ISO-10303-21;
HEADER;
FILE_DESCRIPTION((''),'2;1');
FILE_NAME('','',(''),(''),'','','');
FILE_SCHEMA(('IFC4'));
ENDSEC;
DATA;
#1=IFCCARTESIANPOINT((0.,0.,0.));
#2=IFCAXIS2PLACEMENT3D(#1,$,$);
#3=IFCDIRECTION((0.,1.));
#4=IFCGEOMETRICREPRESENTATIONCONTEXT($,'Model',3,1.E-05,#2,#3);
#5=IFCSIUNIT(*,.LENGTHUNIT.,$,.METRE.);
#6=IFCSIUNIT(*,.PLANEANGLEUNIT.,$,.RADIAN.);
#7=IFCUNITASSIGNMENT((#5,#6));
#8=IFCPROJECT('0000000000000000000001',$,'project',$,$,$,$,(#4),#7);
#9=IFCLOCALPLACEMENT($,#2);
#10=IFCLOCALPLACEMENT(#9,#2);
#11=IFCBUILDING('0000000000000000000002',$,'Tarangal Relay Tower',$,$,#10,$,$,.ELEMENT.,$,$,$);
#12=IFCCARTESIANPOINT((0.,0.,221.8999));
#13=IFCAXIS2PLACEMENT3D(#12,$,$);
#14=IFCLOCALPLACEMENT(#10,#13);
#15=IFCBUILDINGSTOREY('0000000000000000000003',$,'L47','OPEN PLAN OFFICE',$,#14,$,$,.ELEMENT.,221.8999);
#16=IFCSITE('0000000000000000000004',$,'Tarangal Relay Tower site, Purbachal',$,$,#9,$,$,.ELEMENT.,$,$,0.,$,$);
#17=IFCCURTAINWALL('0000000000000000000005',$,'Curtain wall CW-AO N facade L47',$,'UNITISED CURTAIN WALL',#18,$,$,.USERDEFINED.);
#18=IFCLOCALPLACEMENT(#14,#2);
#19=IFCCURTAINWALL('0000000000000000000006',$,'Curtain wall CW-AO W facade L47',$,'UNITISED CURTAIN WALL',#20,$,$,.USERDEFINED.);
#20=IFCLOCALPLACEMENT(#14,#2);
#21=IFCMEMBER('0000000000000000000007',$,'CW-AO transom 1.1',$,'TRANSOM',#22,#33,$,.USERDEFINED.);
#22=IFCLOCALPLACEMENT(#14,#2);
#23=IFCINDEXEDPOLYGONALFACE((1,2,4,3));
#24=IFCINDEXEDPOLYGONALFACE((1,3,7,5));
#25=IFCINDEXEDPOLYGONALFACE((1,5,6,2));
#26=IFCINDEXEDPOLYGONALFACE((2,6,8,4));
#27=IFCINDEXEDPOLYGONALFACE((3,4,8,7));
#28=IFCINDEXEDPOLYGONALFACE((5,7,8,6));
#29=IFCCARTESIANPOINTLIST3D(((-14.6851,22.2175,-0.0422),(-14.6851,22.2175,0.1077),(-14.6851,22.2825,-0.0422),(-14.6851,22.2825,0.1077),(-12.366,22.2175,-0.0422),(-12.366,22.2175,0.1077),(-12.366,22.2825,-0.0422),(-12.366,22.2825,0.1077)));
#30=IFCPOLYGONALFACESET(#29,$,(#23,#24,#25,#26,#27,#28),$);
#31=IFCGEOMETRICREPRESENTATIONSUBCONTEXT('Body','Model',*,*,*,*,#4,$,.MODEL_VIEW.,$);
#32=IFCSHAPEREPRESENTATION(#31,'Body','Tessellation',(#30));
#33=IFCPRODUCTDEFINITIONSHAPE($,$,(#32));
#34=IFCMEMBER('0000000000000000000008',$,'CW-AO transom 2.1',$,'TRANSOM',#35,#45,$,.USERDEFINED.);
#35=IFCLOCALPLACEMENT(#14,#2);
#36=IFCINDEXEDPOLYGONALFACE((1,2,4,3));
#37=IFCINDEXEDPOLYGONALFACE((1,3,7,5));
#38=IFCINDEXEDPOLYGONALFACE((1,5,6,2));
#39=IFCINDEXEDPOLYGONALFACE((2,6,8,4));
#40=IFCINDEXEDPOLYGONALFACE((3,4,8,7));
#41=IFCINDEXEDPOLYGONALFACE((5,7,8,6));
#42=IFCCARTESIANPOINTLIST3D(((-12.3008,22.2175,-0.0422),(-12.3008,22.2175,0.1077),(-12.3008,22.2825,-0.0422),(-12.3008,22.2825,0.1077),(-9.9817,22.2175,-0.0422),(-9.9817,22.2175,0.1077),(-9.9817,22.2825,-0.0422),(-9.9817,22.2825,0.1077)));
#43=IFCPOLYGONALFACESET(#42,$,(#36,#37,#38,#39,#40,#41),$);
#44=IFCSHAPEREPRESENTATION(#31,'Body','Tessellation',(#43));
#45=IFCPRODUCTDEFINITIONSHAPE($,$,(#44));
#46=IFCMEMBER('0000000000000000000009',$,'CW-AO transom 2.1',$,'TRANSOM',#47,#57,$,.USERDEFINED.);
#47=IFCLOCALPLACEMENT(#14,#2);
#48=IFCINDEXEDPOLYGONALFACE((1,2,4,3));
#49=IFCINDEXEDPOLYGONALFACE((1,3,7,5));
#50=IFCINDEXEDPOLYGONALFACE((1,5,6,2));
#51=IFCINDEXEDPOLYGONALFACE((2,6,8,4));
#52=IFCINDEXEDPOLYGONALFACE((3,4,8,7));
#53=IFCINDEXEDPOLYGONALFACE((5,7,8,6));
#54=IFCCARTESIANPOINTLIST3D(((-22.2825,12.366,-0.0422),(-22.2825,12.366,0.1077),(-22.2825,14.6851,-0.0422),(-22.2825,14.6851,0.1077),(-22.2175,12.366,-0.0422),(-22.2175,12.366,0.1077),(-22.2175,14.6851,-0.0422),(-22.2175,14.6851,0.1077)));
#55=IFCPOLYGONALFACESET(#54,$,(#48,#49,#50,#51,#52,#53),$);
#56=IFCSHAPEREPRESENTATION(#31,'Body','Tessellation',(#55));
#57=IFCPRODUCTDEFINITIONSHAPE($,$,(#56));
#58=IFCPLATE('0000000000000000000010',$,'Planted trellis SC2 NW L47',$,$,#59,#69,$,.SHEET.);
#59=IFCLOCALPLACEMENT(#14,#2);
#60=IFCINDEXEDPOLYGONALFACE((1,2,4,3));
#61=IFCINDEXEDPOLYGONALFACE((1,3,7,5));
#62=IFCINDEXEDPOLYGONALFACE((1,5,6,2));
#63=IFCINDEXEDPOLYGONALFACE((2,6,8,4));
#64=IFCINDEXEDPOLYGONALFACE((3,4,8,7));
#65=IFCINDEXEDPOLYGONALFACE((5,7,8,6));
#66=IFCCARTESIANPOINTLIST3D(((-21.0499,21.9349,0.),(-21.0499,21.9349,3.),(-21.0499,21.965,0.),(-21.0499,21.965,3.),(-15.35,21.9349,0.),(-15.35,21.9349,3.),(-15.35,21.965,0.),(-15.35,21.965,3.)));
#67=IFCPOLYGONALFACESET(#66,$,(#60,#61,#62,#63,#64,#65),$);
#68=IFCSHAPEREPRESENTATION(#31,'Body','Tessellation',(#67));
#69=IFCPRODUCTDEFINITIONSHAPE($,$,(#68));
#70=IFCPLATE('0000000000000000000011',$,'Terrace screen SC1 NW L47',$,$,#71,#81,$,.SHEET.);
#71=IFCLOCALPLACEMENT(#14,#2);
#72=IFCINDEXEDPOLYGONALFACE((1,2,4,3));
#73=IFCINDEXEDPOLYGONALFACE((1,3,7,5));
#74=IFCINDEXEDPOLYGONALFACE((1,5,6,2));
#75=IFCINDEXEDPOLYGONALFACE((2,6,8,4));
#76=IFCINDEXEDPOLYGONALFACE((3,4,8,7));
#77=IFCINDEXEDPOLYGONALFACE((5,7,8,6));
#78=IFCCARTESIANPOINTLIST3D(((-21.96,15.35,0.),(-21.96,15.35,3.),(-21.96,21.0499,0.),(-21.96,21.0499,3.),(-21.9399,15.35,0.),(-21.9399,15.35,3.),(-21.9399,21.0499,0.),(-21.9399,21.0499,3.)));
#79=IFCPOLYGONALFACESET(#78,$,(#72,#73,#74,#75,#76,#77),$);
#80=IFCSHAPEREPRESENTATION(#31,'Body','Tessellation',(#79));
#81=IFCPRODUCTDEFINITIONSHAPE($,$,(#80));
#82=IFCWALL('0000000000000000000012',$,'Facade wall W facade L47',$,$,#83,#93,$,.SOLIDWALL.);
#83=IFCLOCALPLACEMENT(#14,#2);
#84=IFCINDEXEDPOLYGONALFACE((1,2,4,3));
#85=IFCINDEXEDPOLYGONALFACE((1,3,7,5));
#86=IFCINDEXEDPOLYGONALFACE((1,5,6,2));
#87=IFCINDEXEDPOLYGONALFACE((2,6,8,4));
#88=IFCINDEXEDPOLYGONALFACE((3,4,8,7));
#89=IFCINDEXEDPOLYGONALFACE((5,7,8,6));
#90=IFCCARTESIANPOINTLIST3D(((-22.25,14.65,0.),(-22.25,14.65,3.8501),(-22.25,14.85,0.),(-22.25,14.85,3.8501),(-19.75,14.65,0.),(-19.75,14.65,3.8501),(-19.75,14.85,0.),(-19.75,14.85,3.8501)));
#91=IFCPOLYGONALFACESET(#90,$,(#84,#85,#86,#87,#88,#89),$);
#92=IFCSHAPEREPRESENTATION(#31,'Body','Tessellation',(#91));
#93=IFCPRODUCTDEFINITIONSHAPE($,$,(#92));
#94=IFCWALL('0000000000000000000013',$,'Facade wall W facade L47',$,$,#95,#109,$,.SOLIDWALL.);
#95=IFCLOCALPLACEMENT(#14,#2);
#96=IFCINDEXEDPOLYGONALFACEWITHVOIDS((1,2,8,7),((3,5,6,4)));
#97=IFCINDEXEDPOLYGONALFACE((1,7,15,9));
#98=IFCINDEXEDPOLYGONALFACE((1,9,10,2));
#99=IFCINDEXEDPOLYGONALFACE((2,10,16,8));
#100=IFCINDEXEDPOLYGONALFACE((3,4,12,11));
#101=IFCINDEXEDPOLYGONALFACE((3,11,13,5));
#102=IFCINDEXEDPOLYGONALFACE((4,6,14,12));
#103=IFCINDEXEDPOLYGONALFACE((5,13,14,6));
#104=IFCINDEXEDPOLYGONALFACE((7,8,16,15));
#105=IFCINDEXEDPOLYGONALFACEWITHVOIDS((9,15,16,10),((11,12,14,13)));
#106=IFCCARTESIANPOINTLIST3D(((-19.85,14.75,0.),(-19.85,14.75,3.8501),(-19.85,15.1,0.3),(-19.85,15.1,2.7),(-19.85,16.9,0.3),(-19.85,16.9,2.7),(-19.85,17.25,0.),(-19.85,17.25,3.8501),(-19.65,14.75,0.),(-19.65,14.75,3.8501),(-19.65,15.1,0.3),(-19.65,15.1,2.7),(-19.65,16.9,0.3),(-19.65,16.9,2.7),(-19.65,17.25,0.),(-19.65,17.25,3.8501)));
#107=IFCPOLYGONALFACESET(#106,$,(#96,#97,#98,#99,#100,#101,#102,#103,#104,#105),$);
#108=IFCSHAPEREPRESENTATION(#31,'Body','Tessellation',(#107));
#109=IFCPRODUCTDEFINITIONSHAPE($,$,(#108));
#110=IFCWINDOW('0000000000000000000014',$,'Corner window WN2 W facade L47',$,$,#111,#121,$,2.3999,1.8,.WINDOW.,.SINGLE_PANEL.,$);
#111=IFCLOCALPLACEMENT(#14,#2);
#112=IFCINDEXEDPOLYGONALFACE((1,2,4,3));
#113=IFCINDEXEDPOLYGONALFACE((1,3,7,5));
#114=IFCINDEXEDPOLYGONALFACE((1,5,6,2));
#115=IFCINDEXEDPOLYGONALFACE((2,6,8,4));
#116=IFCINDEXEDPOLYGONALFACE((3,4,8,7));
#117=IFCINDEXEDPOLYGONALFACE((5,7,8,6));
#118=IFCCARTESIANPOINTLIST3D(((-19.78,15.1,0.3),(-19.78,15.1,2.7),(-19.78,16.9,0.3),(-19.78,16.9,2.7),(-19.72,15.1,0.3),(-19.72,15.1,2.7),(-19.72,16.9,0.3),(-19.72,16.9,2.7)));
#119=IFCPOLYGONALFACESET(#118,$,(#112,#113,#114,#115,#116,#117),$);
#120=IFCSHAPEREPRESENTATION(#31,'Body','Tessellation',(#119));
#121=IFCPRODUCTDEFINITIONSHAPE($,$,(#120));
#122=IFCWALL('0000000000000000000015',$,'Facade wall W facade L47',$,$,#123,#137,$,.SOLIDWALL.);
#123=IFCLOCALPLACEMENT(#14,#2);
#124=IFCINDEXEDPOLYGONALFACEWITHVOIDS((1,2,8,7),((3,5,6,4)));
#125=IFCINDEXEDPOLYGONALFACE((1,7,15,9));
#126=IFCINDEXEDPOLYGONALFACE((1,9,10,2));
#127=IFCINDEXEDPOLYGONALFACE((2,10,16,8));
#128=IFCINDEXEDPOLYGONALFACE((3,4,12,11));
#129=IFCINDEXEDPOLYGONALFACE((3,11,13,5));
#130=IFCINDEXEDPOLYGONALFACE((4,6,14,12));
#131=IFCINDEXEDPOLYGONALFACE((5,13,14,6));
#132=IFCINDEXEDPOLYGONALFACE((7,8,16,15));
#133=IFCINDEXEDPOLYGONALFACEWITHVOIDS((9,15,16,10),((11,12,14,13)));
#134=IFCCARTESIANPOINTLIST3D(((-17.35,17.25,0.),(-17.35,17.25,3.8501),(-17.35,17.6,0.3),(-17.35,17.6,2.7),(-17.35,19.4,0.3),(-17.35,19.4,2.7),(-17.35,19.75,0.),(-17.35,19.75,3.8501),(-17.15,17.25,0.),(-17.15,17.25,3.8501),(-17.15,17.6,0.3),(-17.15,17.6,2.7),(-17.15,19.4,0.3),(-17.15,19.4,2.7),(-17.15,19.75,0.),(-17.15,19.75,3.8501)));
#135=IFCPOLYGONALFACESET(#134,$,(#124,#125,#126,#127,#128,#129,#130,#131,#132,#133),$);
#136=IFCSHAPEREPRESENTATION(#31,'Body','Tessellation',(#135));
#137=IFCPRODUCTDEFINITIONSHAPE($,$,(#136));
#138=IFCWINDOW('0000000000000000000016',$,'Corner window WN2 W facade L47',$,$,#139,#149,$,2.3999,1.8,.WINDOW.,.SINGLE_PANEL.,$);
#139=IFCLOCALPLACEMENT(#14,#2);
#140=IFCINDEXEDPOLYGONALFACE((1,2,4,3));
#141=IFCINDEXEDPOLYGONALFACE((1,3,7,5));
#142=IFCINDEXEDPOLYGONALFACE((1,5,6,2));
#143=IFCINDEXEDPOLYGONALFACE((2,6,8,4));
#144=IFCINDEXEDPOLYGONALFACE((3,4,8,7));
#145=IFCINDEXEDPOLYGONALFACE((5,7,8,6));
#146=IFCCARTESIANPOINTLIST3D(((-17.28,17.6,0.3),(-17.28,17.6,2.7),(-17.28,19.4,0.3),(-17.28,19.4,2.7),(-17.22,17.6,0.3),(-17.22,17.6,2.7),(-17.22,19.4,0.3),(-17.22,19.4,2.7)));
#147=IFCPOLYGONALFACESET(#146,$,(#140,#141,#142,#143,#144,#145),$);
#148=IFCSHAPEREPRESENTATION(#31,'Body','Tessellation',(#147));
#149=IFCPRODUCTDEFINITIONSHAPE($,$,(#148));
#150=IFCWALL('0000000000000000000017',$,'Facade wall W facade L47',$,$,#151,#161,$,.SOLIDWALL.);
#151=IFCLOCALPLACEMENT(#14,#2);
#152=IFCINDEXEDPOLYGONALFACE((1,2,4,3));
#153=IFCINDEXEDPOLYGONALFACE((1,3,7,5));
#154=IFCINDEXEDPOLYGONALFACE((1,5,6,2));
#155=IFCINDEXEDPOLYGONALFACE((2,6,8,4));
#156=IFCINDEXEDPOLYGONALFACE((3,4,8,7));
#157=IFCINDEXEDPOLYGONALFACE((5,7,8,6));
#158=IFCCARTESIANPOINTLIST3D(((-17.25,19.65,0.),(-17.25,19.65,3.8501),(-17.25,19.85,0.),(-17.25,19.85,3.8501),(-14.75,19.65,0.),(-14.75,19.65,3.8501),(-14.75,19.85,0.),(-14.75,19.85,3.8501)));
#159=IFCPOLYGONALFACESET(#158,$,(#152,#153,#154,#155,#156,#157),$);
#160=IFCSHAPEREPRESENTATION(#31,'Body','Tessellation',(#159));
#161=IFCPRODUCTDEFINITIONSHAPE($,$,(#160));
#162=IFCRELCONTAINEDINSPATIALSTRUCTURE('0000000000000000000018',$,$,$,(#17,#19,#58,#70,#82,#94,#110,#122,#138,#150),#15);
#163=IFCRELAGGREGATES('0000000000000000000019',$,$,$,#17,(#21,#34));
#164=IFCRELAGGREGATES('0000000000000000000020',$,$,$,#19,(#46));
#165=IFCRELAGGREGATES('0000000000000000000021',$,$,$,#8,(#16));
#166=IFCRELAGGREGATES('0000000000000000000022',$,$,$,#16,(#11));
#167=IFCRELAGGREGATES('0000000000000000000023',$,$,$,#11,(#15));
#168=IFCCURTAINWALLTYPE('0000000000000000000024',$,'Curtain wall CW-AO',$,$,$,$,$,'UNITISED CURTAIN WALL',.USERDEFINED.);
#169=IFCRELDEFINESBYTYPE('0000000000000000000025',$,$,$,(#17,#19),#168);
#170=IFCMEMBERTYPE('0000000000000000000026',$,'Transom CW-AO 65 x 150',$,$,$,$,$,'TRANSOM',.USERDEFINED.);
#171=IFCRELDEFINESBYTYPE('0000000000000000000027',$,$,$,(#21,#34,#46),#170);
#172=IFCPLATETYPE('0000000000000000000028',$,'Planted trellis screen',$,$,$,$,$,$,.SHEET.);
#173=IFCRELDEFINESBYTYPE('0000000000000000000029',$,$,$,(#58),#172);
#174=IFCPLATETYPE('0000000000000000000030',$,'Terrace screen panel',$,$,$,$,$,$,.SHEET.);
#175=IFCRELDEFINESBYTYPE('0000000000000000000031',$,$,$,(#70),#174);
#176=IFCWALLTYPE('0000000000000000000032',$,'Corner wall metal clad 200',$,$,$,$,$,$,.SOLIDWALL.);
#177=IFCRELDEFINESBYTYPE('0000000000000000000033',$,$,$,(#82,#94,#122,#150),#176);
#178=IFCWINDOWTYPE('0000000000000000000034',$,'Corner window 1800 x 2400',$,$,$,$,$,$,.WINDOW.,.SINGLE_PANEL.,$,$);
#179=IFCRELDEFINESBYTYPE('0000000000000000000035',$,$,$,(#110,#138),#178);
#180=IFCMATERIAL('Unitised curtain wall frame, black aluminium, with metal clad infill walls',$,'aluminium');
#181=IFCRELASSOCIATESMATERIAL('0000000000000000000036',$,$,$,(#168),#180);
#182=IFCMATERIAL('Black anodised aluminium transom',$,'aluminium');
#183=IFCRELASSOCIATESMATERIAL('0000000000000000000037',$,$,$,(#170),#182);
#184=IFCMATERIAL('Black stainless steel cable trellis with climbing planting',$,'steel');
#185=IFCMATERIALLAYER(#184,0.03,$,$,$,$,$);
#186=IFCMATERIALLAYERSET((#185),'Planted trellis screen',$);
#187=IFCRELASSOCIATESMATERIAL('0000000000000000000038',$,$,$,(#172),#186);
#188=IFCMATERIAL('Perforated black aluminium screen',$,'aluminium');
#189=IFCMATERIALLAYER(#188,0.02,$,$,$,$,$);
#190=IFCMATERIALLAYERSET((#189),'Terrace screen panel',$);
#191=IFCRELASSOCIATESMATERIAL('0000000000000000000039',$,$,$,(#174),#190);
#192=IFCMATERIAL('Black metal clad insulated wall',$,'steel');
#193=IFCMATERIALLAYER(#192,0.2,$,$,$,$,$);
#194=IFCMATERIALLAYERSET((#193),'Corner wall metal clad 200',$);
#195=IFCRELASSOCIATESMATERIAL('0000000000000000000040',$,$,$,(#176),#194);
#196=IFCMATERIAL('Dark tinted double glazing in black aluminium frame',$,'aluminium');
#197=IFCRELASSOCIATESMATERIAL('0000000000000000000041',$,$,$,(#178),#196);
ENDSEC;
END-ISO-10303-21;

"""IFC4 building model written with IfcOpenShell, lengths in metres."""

from ifc_helpers import new_model, si_unit, direction, frame, frame_2d, origin, origin_2d, place, context, subcontext, project, spatial, rectangle, extrude, material, layer, layer_set, material_profile, profile_set, type_object, element, fill, aggregate, save


model = new_model("IFC4")

# Units and contexts
model_context = context("Model", 3, precision=1e-05, world=origin(), true_north=direction((0.0, 1.0)))
body_context = subcontext(model_context, "Body", "Model", "MODEL_VIEW")
ifc_project = project(units=[si_unit("LENGTHUNIT", "METRE"), si_unit("PLANEANGLEUNIT", "RADIAN")], contexts=[model_context])

# Site, building, storey
site_placement = place(None, origin())
site = spatial("IfcSite", under=ifc_project, at=site_placement, Name="Tarangal Relay Tower site, Purbachal", CompositionType="ELEMENT", RefElevation=0.0)
building_placement = place(site_placement, origin())
building = spatial("IfcBuilding", under=site, at=building_placement, Name="Tarangal Relay Tower", CompositionType="ELEMENT")
storey_placement = place(building_placement, frame((0.0, 0.0, 221.8999)))
storey = spatial("IfcBuildingStorey", under=building, at=storey_placement, Name="L47", Description="OPEN PLAN OFFICE", CompositionType="ELEMENT", Elevation=221.8999)

# Curtain walls
ifc_material_1 = material(Name="Unitised curtain wall frame, black aluminium, with metal clad infill walls", Category="aluminium")
curtain_wall_type = type_object("IfcCurtainWallType", Name="Curtain wall CW-AO", ElementType="UNITISED CURTAIN WALL", PredefinedType="USERDEFINED", material=ifc_material_1)
curtain_wall_1_placement = place(storey_placement, origin())
curtain_wall_1 = element("IfcCurtainWall", 1, at=curtain_wall_1_placement, inside=storey, type_object=curtain_wall_type, Name="Curtain wall CW-AO N facade L47", ObjectType="UNITISED CURTAIN WALL", PredefinedType="USERDEFINED")
curtain_wall_2_placement = place(storey_placement, origin())
curtain_wall_2 = element("IfcCurtainWall", 2, at=curtain_wall_2_placement, inside=storey, type_object=curtain_wall_type, Name="Curtain wall CW-AO W facade L47", ObjectType="UNITISED CURTAIN WALL", PredefinedType="USERDEFINED")

# Members
ifc_material_2 = material(Name="Black anodised aluminium transom", Category="aluminium")
ifc_material_profile_1 = material_profile(ifc_material_2, rectangle(XDim=0.0649, YDim=0.1499, at=origin_2d()), Name="CW-AOT 65X150")
ifc_profile_set_1 = profile_set([ifc_material_profile_1], Name="Black anodised aluminium transom")
member_type_1 = type_object("IfcMemberType", Name="Transom CW-AO 65 x 150", ElementType="TRANSOM", PredefinedType="USERDEFINED", material=ifc_profile_set_1)
member_1_placement = place(storey_placement, frame((-14.6851, 22.25, 0.0327), z_axis=(1.0, 0.0, 0.0), x_axis=(0.0, 1.0, 0.0)))
member_1 = element("IfcMember", 3, at=member_1_placement, type_object=member_type_1, Name="CW-AO transom 1.1", ObjectType="TRANSOM", PredefinedType="USERDEFINED", context=body_context, shape_type="SweptSolid", body=[
    extrude(rectangle(XDim=0.0649, YDim=0.1499, at=origin_2d()), origin(), (0.0, 0.0, 1.0), 2.3191),
])
member_2_placement = place(storey_placement, frame((-12.3008, 22.25, 0.0327), z_axis=(1.0, 0.0, 0.0), x_axis=(0.0, 1.0, 0.0)))
member_2 = element("IfcMember", 4, at=member_2_placement, type_object=member_type_1, Name="CW-AO transom 2.1", ObjectType="TRANSOM", PredefinedType="USERDEFINED", context=body_context, shape_type="SweptSolid", body=[
    extrude(rectangle(XDim=0.0649, YDim=0.1499, at=origin_2d()), origin(), (0.0, 0.0, 1.0), 2.3191),
])
aggregate(curtain_wall_1, [member_1, member_2])
member_3_placement = place(storey_placement, frame((-22.25, 12.366, 0.0327), z_axis=(0.0, 1.0, 0.0), x_axis=(-1.0, 0.0, 0.0)))
member_3 = element("IfcMember", 5, at=member_3_placement, type_object=member_type_1, Name="CW-AO transom 2.1", ObjectType="TRANSOM", PredefinedType="USERDEFINED", context=body_context, shape_type="SweptSolid", body=[
    extrude(rectangle(XDim=0.0649, YDim=0.1499, at=origin_2d()), origin(), (0.0, 0.0, 1.0), 2.3191),
])
aggregate(curtain_wall_2, [member_3])

# Plates
ifc_material_3 = material(Name="Black stainless steel cable trellis with climbing planting", Category="steel")
ifc_layer_1 = layer(ifc_material_3, 0.03)
ifc_layer_set_1 = layer_set([ifc_layer_1], Name="Planted trellis screen")
plate_type_1 = type_object("IfcPlateType", Name="Planted trellis screen", PredefinedType="SHEET", material=ifc_layer_set_1)
plate_1_placement = place(storey_placement, frame((-18.2, 21.95, 0.0), z_axis=(0.0, 0.0, 1.0), x_axis=(1.0, 0.0, 0.0)))
element("IfcPlate", 6, at=plate_1_placement, inside=storey, type_object=plate_type_1, Name="Planted trellis SC2 NW L47", PredefinedType="SHEET", context=body_context, shape_type="SweptSolid", body=[
    extrude(rectangle(XDim=5.7, YDim=0.03, at=origin_2d()), origin(), (0.0, 0.0, 1.0), 3.0),
])
ifc_material_4 = material(Name="Perforated black aluminium screen", Category="aluminium")
ifc_layer_2 = layer(ifc_material_4, 0.02)
ifc_layer_set_2 = layer_set([ifc_layer_2], Name="Terrace screen panel")
plate_type_2 = type_object("IfcPlateType", Name="Terrace screen panel", PredefinedType="SHEET", material=ifc_layer_set_2)
plate_2_placement = place(storey_placement, frame((-21.95, 18.2, 0.0), z_axis=(0.0, 0.0, 1.0), x_axis=(0.0, 1.0, 0.0)))
element("IfcPlate", 7, at=plate_2_placement, inside=storey, type_object=plate_type_2, Name="Terrace screen SC1 NW L47", PredefinedType="SHEET", context=body_context, shape_type="SweptSolid", body=[
    extrude(rectangle(XDim=5.7, YDim=0.02, at=origin_2d()), origin(), (0.0, 0.0, 1.0), 3.0),
])

# Wall
ifc_material_5 = material(Name="Black metal clad insulated wall", Category="steel")
ifc_layer_3 = layer(ifc_material_5, 0.2)
ifc_layer_set_3 = layer_set([ifc_layer_3], Name="Corner wall metal clad 200")
wall_type_1 = type_object("IfcWallType", Name="Corner wall metal clad 200", PredefinedType="SOLIDWALL", material=ifc_layer_set_3)
wall_1_placement = place(storey_placement, frame((-22.25, 14.75, 0.0), z_axis=(0.0, 0.0, 1.0), x_axis=(1.0, 0.0, 0.0)))
element("IfcWall", 8, at=wall_1_placement, inside=storey, type_object=wall_type_1, Name="Facade wall W facade L47", PredefinedType="SOLIDWALL", context=body_context, shape_type="SweptSolid", body=[
    extrude(rectangle(XDim=2.5, YDim=0.2, at=frame_2d((1.25, 0.0))), origin(), (0.0, 0.0, 1.0), 3.8501),
])

# Wall, opening, window
wall_2_placement = place(storey_placement, frame((-19.75, 14.75, 0.0), z_axis=(0.0, 0.0, 1.0), x_axis=(0.0, 1.0, 0.0)))
wall_2 = element("IfcWall", 9, at=wall_2_placement, inside=storey, type_object=wall_type_1, Name="Facade wall W facade L47", PredefinedType="SOLIDWALL", context=body_context, shape_type="SweptSolid", body=[
    extrude(rectangle(XDim=2.5, YDim=0.2, at=frame_2d((1.25, 0.0))), origin(), (0.0, 0.0, 1.0), 3.8501),
])
opening_1_placement = place(wall_2_placement, frame((0.3501, 0.0, 0.3)))
opening_1 = element("IfcOpeningElement", 10, at=opening_1_placement, cuts=wall_2, PredefinedType="OPENING", context=body_context, shape_type="SweptSolid", body=[
    extrude(rectangle(XDim=1.8, YDim=2.3999, at=frame_2d((0.8999, 1.2))), frame((0.0, 0.1099, 0.0), z_axis=(0.0, -1.0, 0.0), x_axis=(1.0, 0.0, 0.0)), (0.0, 0.0, 1.0), 0.22),
])
ifc_material_6 = material(Name="Dark tinted double glazing in black aluminium frame", Category="aluminium")
window_type = type_object("IfcWindowType", Name="Corner window 1800 x 2400", PartitioningType="SINGLE_PANEL", PredefinedType="WINDOW", material=ifc_material_6)
window_1_placement = place(opening_1_placement, origin())
window_1 = element("IfcWindow", 11, at=window_1_placement, inside=storey, type_object=window_type, Name="Corner window WN2 W facade L47", OverallHeight=2.3999, OverallWidth=1.8, PartitioningType="SINGLE_PANEL", PredefinedType="WINDOW", context=body_context, shape_type="SweptSolid", body=[
    extrude(rectangle(XDim=1.8, YDim=2.3999, at=frame_2d((0.8999, 1.2))), frame((0.0, 0.03, 0.0), z_axis=(0.0, -1.0, 0.0), x_axis=(1.0, 0.0, 0.0)), (0.0, 0.0, 1.0), 0.0601),
])
fill(opening_1, window_1)

# Wall, opening, window
wall_3_placement = place(storey_placement, frame((-17.25, 17.25, 0.0), z_axis=(0.0, 0.0, 1.0), x_axis=(0.0, 1.0, 0.0)))
wall_3 = element("IfcWall", 12, at=wall_3_placement, inside=storey, type_object=wall_type_1, Name="Facade wall W facade L47", PredefinedType="SOLIDWALL", context=body_context, shape_type="SweptSolid", body=[
    extrude(rectangle(XDim=2.5, YDim=0.2, at=frame_2d((1.25, 0.0))), origin(), (0.0, 0.0, 1.0), 3.8501),
])
opening_2_placement = place(wall_3_placement, frame((0.3501, 0.0, 0.3)))
opening_2 = element("IfcOpeningElement", 13, at=opening_2_placement, cuts=wall_3, PredefinedType="OPENING", context=body_context, shape_type="SweptSolid", body=[
    extrude(rectangle(XDim=1.8, YDim=2.3999, at=frame_2d((0.8999, 1.2))), frame((0.0, 0.1099, 0.0), z_axis=(0.0, -1.0, 0.0), x_axis=(1.0, 0.0, 0.0)), (0.0, 0.0, 1.0), 0.22),
])
window_2_placement = place(opening_2_placement, origin())
window_2 = element("IfcWindow", 14, at=window_2_placement, inside=storey, type_object=window_type, Name="Corner window WN2 W facade L47", OverallHeight=2.3999, OverallWidth=1.8, PartitioningType="SINGLE_PANEL", PredefinedType="WINDOW", context=body_context, shape_type="SweptSolid", body=[
    extrude(rectangle(XDim=1.8, YDim=2.3999, at=frame_2d((0.8999, 1.2))), frame((0.0, 0.03, 0.0), z_axis=(0.0, -1.0, 0.0), x_axis=(1.0, 0.0, 0.0)), (0.0, 0.0, 1.0), 0.0601),
])
fill(opening_2, window_2)

# Wall
wall_4_placement = place(storey_placement, frame((-17.25, 19.75, 0.0), z_axis=(0.0, 0.0, 1.0), x_axis=(1.0, 0.0, 0.0)))
element("IfcWall", 15, at=wall_4_placement, inside=storey, type_object=wall_type_1, Name="Facade wall W facade L47", PredefinedType="SOLIDWALL", context=body_context, shape_type="SweptSolid", body=[
    extrude(rectangle(XDim=2.5, YDim=0.2, at=frame_2d((1.25, 0.0))), origin(), (0.0, 0.0, 1.0), 3.8501),
])

save(model, "model.ifc")
